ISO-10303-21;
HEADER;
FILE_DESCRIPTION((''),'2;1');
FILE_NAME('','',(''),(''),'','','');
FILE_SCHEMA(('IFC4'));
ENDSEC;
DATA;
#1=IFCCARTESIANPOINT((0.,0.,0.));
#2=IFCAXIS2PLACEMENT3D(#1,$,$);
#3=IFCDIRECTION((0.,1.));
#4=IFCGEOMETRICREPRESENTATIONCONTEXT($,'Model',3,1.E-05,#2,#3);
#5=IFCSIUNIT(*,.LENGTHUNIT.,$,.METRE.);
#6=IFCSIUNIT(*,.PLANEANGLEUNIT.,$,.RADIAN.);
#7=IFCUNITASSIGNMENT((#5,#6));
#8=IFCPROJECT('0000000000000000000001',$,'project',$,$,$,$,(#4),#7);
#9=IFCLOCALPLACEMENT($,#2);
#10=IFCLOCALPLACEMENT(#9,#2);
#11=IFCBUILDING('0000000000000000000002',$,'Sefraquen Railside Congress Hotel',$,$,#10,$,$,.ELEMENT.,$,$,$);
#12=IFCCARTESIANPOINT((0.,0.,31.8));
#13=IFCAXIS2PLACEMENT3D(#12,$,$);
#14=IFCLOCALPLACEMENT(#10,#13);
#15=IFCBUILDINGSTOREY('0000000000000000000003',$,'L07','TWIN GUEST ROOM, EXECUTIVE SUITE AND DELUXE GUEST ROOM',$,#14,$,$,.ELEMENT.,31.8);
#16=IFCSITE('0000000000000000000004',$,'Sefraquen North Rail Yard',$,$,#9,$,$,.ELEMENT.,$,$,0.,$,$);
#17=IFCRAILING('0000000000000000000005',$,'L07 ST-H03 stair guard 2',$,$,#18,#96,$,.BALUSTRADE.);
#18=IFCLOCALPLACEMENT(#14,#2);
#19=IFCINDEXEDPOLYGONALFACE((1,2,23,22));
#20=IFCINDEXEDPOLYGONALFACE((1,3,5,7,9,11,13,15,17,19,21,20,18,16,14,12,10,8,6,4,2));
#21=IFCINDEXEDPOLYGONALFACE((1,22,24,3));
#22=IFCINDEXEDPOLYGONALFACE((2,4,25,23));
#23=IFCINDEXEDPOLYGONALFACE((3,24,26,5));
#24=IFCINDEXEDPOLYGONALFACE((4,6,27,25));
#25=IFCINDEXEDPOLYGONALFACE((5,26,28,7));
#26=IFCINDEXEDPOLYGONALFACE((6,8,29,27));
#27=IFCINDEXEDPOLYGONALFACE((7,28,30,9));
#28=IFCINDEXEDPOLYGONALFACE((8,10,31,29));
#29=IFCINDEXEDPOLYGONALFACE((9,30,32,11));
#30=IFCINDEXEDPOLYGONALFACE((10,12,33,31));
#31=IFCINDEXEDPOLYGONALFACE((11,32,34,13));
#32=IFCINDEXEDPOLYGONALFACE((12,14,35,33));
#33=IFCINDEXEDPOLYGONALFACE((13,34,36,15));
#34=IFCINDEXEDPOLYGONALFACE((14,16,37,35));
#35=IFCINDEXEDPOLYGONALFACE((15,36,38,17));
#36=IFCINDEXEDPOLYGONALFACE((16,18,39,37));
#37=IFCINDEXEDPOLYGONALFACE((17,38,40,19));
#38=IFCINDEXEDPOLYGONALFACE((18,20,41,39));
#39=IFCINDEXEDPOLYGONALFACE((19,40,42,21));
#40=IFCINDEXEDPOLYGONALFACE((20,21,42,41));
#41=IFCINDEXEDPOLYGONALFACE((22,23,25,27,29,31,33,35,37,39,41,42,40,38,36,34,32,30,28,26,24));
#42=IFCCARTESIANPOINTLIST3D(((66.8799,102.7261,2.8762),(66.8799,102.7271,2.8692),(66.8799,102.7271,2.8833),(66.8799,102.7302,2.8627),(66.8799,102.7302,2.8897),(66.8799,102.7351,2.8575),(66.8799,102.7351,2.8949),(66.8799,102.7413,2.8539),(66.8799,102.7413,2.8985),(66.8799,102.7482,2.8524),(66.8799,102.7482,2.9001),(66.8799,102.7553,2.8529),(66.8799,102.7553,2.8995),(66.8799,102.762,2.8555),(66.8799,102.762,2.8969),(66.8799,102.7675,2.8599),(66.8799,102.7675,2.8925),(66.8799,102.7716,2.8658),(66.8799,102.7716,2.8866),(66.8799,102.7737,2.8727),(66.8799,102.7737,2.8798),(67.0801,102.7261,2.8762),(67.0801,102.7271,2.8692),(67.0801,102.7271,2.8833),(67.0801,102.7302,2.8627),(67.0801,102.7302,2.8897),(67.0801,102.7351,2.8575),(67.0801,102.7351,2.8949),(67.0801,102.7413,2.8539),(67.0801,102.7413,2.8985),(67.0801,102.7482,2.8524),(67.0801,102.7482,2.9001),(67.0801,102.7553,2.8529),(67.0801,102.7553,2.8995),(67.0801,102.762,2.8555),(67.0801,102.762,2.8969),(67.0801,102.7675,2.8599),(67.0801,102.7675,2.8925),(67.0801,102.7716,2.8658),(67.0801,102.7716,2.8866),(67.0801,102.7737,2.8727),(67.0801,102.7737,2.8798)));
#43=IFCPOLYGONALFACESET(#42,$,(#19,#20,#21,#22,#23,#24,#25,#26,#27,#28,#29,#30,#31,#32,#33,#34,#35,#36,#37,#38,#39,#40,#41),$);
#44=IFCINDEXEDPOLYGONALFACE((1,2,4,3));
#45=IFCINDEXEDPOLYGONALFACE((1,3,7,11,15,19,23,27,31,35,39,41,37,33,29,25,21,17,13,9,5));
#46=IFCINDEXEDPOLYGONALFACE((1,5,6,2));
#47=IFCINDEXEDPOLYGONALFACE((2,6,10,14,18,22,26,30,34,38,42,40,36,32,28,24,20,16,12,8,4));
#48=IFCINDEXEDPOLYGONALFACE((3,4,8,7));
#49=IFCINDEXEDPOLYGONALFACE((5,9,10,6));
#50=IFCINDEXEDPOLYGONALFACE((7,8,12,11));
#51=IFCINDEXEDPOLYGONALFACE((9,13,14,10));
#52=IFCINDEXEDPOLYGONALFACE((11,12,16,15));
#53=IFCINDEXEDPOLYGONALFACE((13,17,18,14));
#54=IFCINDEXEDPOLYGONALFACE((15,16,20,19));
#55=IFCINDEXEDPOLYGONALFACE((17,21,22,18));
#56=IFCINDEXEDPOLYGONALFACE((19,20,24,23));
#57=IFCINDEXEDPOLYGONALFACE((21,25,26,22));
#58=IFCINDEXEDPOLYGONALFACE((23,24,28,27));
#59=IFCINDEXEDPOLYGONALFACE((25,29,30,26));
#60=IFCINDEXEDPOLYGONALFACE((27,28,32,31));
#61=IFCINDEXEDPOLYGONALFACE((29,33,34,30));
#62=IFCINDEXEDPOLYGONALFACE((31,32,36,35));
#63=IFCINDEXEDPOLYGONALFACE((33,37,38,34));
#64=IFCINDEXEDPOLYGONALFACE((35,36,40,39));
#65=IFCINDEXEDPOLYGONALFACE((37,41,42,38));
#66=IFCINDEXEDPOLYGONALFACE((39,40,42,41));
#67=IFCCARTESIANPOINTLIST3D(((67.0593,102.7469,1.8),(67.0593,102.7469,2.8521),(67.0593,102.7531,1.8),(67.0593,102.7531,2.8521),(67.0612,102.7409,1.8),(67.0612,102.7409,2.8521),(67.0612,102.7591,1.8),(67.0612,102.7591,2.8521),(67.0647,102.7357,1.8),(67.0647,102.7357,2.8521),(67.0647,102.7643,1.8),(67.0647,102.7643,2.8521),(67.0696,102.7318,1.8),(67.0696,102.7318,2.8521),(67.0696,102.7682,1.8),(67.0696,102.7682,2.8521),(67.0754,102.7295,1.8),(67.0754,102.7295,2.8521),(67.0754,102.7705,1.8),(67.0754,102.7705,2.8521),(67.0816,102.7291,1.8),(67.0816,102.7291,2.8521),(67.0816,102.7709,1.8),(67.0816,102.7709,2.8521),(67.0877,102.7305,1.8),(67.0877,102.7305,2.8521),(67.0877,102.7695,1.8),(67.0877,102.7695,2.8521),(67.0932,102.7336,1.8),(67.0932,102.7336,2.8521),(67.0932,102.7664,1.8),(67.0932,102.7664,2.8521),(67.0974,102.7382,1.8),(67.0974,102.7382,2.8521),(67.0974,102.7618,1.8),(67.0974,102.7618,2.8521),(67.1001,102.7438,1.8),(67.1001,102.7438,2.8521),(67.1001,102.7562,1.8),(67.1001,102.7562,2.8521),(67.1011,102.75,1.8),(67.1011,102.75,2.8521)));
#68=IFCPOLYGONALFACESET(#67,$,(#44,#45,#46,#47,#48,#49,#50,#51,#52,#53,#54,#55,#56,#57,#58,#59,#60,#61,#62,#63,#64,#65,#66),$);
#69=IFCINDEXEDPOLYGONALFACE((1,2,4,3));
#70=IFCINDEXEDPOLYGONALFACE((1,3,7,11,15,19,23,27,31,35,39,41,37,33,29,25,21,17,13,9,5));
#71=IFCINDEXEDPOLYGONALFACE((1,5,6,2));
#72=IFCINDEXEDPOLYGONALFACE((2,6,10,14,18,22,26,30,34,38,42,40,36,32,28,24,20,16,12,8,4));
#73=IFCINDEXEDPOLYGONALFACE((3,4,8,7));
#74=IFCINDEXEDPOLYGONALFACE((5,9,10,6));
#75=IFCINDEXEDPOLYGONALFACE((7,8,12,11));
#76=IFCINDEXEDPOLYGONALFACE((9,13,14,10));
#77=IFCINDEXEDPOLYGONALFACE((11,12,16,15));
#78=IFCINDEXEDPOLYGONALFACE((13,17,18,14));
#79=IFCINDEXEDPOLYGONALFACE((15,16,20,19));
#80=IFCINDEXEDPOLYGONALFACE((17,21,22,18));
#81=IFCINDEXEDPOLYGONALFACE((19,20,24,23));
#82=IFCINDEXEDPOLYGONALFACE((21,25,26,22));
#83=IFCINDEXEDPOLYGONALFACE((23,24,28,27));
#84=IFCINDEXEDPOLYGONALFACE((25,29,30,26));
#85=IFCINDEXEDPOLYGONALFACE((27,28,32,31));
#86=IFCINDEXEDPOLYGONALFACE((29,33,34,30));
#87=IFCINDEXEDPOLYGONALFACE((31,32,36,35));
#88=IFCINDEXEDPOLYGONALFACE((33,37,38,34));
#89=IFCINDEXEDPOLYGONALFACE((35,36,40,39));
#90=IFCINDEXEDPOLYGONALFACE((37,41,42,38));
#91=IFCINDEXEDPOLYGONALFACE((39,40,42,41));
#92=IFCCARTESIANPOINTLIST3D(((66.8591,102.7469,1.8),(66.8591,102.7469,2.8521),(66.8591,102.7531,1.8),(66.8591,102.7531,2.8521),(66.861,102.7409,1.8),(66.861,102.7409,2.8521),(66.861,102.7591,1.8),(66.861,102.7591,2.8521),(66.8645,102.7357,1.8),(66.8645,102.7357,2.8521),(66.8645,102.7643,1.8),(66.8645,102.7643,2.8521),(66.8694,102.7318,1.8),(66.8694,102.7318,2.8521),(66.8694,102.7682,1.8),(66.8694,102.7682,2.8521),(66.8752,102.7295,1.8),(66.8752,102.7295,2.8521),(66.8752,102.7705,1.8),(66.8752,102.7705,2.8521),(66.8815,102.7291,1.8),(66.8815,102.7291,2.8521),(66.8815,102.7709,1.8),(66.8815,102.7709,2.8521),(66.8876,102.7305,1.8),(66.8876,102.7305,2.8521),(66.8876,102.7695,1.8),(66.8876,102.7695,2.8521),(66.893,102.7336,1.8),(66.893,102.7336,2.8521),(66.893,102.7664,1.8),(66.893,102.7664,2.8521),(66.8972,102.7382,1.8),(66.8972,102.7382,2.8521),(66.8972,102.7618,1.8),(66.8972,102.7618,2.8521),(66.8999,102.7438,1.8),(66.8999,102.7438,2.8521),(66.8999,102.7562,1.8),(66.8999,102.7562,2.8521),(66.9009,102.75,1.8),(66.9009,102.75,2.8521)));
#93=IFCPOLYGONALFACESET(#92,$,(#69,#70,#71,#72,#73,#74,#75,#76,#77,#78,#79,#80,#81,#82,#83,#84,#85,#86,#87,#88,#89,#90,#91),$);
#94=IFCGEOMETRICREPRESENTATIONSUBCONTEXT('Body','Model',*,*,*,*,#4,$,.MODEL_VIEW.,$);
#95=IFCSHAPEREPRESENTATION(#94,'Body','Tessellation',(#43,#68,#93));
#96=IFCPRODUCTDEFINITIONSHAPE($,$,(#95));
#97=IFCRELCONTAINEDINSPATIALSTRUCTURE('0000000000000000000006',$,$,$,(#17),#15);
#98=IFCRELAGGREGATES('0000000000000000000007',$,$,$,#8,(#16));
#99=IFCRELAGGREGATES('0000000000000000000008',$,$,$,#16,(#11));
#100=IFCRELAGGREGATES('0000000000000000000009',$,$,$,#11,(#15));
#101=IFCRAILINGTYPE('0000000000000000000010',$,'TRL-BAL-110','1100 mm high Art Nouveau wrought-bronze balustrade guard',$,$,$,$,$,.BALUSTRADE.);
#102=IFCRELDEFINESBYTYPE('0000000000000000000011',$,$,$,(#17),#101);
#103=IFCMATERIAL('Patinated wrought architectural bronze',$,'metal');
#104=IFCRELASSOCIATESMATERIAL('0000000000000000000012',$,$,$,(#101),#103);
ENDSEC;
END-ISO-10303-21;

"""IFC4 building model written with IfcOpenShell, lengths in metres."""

from ifc_helpers import new_model, si_unit, direction, frame, origin, origin_2d, place, context, subcontext, project, spatial, circle, extrude, material, type_object, element, save


model = new_model("IFC4")

# Units and contexts
model_context = context("Model", 3, precision=1e-05, world=origin(), true_north=direction((0.0, 1.0)))
body_context = subcontext(model_context, "Body", "Model", "MODEL_VIEW")
ifc_project = project(units=[si_unit("LENGTHUNIT", "METRE"), si_unit("PLANEANGLEUNIT", "RADIAN")], contexts=[model_context])

# Site, building, storey
site_placement = place(None, origin())
site = spatial("IfcSite", under=ifc_project, at=site_placement, Name="Sefraquen North Rail Yard", CompositionType="ELEMENT", RefElevation=0.0)
building_placement = place(site_placement, origin())
building = spatial("IfcBuilding", under=site, at=building_placement, Name="Sefraquen Railside Congress Hotel", CompositionType="ELEMENT")
storey_placement = place(building_placement, frame((0.0, 0.0, 31.8)))
storey = spatial("IfcBuildingStorey", under=building, at=storey_placement, Name="L07", Description="TWIN GUEST ROOM, EXECUTIVE SUITE AND DELUXE GUEST ROOM", CompositionType="ELEMENT", Elevation=31.8)

# Railing
ifc_material_1 = material(Name="Patinated wrought architectural bronze", Category="metal")
railing_type_1 = type_object("IfcRailingType", Name="TRL-BAL-110", Description="1100 mm high Art Nouveau wrought-bronze balustrade guard", PredefinedType="BALUSTRADE", material=ifc_material_1)
railing_1_placement = place(storey_placement, frame((67.0801, 102.75, 1.8)))
element("IfcRailing", 1, at=railing_1_placement, inside=storey, type_object=railing_type_1, Name="L07 ST-H03 stair guard 2", PredefinedType="BALUSTRADE", context=body_context, shape_type="SweptSolid", body=[
    extrude(circle(Radius=0.0239, at=origin_2d()), frame((0.0, 0.0, 1.0762), z_axis=(-1.0, 0.0, 0.0), x_axis=(0.0, -1.0, 0.0)), (0.0, 0.0, 1.0), 0.2002),
    extrude(circle(Radius=0.021, at=origin_2d()), origin(), (0.0, 0.0, 1.0), 1.052),
    extrude(circle(Radius=0.021, at=origin_2d()), frame((-0.2002, 0.0, 0.0)), (0.0, 0.0, 1.0), 1.052),
])

save(model, "model.ifc")
